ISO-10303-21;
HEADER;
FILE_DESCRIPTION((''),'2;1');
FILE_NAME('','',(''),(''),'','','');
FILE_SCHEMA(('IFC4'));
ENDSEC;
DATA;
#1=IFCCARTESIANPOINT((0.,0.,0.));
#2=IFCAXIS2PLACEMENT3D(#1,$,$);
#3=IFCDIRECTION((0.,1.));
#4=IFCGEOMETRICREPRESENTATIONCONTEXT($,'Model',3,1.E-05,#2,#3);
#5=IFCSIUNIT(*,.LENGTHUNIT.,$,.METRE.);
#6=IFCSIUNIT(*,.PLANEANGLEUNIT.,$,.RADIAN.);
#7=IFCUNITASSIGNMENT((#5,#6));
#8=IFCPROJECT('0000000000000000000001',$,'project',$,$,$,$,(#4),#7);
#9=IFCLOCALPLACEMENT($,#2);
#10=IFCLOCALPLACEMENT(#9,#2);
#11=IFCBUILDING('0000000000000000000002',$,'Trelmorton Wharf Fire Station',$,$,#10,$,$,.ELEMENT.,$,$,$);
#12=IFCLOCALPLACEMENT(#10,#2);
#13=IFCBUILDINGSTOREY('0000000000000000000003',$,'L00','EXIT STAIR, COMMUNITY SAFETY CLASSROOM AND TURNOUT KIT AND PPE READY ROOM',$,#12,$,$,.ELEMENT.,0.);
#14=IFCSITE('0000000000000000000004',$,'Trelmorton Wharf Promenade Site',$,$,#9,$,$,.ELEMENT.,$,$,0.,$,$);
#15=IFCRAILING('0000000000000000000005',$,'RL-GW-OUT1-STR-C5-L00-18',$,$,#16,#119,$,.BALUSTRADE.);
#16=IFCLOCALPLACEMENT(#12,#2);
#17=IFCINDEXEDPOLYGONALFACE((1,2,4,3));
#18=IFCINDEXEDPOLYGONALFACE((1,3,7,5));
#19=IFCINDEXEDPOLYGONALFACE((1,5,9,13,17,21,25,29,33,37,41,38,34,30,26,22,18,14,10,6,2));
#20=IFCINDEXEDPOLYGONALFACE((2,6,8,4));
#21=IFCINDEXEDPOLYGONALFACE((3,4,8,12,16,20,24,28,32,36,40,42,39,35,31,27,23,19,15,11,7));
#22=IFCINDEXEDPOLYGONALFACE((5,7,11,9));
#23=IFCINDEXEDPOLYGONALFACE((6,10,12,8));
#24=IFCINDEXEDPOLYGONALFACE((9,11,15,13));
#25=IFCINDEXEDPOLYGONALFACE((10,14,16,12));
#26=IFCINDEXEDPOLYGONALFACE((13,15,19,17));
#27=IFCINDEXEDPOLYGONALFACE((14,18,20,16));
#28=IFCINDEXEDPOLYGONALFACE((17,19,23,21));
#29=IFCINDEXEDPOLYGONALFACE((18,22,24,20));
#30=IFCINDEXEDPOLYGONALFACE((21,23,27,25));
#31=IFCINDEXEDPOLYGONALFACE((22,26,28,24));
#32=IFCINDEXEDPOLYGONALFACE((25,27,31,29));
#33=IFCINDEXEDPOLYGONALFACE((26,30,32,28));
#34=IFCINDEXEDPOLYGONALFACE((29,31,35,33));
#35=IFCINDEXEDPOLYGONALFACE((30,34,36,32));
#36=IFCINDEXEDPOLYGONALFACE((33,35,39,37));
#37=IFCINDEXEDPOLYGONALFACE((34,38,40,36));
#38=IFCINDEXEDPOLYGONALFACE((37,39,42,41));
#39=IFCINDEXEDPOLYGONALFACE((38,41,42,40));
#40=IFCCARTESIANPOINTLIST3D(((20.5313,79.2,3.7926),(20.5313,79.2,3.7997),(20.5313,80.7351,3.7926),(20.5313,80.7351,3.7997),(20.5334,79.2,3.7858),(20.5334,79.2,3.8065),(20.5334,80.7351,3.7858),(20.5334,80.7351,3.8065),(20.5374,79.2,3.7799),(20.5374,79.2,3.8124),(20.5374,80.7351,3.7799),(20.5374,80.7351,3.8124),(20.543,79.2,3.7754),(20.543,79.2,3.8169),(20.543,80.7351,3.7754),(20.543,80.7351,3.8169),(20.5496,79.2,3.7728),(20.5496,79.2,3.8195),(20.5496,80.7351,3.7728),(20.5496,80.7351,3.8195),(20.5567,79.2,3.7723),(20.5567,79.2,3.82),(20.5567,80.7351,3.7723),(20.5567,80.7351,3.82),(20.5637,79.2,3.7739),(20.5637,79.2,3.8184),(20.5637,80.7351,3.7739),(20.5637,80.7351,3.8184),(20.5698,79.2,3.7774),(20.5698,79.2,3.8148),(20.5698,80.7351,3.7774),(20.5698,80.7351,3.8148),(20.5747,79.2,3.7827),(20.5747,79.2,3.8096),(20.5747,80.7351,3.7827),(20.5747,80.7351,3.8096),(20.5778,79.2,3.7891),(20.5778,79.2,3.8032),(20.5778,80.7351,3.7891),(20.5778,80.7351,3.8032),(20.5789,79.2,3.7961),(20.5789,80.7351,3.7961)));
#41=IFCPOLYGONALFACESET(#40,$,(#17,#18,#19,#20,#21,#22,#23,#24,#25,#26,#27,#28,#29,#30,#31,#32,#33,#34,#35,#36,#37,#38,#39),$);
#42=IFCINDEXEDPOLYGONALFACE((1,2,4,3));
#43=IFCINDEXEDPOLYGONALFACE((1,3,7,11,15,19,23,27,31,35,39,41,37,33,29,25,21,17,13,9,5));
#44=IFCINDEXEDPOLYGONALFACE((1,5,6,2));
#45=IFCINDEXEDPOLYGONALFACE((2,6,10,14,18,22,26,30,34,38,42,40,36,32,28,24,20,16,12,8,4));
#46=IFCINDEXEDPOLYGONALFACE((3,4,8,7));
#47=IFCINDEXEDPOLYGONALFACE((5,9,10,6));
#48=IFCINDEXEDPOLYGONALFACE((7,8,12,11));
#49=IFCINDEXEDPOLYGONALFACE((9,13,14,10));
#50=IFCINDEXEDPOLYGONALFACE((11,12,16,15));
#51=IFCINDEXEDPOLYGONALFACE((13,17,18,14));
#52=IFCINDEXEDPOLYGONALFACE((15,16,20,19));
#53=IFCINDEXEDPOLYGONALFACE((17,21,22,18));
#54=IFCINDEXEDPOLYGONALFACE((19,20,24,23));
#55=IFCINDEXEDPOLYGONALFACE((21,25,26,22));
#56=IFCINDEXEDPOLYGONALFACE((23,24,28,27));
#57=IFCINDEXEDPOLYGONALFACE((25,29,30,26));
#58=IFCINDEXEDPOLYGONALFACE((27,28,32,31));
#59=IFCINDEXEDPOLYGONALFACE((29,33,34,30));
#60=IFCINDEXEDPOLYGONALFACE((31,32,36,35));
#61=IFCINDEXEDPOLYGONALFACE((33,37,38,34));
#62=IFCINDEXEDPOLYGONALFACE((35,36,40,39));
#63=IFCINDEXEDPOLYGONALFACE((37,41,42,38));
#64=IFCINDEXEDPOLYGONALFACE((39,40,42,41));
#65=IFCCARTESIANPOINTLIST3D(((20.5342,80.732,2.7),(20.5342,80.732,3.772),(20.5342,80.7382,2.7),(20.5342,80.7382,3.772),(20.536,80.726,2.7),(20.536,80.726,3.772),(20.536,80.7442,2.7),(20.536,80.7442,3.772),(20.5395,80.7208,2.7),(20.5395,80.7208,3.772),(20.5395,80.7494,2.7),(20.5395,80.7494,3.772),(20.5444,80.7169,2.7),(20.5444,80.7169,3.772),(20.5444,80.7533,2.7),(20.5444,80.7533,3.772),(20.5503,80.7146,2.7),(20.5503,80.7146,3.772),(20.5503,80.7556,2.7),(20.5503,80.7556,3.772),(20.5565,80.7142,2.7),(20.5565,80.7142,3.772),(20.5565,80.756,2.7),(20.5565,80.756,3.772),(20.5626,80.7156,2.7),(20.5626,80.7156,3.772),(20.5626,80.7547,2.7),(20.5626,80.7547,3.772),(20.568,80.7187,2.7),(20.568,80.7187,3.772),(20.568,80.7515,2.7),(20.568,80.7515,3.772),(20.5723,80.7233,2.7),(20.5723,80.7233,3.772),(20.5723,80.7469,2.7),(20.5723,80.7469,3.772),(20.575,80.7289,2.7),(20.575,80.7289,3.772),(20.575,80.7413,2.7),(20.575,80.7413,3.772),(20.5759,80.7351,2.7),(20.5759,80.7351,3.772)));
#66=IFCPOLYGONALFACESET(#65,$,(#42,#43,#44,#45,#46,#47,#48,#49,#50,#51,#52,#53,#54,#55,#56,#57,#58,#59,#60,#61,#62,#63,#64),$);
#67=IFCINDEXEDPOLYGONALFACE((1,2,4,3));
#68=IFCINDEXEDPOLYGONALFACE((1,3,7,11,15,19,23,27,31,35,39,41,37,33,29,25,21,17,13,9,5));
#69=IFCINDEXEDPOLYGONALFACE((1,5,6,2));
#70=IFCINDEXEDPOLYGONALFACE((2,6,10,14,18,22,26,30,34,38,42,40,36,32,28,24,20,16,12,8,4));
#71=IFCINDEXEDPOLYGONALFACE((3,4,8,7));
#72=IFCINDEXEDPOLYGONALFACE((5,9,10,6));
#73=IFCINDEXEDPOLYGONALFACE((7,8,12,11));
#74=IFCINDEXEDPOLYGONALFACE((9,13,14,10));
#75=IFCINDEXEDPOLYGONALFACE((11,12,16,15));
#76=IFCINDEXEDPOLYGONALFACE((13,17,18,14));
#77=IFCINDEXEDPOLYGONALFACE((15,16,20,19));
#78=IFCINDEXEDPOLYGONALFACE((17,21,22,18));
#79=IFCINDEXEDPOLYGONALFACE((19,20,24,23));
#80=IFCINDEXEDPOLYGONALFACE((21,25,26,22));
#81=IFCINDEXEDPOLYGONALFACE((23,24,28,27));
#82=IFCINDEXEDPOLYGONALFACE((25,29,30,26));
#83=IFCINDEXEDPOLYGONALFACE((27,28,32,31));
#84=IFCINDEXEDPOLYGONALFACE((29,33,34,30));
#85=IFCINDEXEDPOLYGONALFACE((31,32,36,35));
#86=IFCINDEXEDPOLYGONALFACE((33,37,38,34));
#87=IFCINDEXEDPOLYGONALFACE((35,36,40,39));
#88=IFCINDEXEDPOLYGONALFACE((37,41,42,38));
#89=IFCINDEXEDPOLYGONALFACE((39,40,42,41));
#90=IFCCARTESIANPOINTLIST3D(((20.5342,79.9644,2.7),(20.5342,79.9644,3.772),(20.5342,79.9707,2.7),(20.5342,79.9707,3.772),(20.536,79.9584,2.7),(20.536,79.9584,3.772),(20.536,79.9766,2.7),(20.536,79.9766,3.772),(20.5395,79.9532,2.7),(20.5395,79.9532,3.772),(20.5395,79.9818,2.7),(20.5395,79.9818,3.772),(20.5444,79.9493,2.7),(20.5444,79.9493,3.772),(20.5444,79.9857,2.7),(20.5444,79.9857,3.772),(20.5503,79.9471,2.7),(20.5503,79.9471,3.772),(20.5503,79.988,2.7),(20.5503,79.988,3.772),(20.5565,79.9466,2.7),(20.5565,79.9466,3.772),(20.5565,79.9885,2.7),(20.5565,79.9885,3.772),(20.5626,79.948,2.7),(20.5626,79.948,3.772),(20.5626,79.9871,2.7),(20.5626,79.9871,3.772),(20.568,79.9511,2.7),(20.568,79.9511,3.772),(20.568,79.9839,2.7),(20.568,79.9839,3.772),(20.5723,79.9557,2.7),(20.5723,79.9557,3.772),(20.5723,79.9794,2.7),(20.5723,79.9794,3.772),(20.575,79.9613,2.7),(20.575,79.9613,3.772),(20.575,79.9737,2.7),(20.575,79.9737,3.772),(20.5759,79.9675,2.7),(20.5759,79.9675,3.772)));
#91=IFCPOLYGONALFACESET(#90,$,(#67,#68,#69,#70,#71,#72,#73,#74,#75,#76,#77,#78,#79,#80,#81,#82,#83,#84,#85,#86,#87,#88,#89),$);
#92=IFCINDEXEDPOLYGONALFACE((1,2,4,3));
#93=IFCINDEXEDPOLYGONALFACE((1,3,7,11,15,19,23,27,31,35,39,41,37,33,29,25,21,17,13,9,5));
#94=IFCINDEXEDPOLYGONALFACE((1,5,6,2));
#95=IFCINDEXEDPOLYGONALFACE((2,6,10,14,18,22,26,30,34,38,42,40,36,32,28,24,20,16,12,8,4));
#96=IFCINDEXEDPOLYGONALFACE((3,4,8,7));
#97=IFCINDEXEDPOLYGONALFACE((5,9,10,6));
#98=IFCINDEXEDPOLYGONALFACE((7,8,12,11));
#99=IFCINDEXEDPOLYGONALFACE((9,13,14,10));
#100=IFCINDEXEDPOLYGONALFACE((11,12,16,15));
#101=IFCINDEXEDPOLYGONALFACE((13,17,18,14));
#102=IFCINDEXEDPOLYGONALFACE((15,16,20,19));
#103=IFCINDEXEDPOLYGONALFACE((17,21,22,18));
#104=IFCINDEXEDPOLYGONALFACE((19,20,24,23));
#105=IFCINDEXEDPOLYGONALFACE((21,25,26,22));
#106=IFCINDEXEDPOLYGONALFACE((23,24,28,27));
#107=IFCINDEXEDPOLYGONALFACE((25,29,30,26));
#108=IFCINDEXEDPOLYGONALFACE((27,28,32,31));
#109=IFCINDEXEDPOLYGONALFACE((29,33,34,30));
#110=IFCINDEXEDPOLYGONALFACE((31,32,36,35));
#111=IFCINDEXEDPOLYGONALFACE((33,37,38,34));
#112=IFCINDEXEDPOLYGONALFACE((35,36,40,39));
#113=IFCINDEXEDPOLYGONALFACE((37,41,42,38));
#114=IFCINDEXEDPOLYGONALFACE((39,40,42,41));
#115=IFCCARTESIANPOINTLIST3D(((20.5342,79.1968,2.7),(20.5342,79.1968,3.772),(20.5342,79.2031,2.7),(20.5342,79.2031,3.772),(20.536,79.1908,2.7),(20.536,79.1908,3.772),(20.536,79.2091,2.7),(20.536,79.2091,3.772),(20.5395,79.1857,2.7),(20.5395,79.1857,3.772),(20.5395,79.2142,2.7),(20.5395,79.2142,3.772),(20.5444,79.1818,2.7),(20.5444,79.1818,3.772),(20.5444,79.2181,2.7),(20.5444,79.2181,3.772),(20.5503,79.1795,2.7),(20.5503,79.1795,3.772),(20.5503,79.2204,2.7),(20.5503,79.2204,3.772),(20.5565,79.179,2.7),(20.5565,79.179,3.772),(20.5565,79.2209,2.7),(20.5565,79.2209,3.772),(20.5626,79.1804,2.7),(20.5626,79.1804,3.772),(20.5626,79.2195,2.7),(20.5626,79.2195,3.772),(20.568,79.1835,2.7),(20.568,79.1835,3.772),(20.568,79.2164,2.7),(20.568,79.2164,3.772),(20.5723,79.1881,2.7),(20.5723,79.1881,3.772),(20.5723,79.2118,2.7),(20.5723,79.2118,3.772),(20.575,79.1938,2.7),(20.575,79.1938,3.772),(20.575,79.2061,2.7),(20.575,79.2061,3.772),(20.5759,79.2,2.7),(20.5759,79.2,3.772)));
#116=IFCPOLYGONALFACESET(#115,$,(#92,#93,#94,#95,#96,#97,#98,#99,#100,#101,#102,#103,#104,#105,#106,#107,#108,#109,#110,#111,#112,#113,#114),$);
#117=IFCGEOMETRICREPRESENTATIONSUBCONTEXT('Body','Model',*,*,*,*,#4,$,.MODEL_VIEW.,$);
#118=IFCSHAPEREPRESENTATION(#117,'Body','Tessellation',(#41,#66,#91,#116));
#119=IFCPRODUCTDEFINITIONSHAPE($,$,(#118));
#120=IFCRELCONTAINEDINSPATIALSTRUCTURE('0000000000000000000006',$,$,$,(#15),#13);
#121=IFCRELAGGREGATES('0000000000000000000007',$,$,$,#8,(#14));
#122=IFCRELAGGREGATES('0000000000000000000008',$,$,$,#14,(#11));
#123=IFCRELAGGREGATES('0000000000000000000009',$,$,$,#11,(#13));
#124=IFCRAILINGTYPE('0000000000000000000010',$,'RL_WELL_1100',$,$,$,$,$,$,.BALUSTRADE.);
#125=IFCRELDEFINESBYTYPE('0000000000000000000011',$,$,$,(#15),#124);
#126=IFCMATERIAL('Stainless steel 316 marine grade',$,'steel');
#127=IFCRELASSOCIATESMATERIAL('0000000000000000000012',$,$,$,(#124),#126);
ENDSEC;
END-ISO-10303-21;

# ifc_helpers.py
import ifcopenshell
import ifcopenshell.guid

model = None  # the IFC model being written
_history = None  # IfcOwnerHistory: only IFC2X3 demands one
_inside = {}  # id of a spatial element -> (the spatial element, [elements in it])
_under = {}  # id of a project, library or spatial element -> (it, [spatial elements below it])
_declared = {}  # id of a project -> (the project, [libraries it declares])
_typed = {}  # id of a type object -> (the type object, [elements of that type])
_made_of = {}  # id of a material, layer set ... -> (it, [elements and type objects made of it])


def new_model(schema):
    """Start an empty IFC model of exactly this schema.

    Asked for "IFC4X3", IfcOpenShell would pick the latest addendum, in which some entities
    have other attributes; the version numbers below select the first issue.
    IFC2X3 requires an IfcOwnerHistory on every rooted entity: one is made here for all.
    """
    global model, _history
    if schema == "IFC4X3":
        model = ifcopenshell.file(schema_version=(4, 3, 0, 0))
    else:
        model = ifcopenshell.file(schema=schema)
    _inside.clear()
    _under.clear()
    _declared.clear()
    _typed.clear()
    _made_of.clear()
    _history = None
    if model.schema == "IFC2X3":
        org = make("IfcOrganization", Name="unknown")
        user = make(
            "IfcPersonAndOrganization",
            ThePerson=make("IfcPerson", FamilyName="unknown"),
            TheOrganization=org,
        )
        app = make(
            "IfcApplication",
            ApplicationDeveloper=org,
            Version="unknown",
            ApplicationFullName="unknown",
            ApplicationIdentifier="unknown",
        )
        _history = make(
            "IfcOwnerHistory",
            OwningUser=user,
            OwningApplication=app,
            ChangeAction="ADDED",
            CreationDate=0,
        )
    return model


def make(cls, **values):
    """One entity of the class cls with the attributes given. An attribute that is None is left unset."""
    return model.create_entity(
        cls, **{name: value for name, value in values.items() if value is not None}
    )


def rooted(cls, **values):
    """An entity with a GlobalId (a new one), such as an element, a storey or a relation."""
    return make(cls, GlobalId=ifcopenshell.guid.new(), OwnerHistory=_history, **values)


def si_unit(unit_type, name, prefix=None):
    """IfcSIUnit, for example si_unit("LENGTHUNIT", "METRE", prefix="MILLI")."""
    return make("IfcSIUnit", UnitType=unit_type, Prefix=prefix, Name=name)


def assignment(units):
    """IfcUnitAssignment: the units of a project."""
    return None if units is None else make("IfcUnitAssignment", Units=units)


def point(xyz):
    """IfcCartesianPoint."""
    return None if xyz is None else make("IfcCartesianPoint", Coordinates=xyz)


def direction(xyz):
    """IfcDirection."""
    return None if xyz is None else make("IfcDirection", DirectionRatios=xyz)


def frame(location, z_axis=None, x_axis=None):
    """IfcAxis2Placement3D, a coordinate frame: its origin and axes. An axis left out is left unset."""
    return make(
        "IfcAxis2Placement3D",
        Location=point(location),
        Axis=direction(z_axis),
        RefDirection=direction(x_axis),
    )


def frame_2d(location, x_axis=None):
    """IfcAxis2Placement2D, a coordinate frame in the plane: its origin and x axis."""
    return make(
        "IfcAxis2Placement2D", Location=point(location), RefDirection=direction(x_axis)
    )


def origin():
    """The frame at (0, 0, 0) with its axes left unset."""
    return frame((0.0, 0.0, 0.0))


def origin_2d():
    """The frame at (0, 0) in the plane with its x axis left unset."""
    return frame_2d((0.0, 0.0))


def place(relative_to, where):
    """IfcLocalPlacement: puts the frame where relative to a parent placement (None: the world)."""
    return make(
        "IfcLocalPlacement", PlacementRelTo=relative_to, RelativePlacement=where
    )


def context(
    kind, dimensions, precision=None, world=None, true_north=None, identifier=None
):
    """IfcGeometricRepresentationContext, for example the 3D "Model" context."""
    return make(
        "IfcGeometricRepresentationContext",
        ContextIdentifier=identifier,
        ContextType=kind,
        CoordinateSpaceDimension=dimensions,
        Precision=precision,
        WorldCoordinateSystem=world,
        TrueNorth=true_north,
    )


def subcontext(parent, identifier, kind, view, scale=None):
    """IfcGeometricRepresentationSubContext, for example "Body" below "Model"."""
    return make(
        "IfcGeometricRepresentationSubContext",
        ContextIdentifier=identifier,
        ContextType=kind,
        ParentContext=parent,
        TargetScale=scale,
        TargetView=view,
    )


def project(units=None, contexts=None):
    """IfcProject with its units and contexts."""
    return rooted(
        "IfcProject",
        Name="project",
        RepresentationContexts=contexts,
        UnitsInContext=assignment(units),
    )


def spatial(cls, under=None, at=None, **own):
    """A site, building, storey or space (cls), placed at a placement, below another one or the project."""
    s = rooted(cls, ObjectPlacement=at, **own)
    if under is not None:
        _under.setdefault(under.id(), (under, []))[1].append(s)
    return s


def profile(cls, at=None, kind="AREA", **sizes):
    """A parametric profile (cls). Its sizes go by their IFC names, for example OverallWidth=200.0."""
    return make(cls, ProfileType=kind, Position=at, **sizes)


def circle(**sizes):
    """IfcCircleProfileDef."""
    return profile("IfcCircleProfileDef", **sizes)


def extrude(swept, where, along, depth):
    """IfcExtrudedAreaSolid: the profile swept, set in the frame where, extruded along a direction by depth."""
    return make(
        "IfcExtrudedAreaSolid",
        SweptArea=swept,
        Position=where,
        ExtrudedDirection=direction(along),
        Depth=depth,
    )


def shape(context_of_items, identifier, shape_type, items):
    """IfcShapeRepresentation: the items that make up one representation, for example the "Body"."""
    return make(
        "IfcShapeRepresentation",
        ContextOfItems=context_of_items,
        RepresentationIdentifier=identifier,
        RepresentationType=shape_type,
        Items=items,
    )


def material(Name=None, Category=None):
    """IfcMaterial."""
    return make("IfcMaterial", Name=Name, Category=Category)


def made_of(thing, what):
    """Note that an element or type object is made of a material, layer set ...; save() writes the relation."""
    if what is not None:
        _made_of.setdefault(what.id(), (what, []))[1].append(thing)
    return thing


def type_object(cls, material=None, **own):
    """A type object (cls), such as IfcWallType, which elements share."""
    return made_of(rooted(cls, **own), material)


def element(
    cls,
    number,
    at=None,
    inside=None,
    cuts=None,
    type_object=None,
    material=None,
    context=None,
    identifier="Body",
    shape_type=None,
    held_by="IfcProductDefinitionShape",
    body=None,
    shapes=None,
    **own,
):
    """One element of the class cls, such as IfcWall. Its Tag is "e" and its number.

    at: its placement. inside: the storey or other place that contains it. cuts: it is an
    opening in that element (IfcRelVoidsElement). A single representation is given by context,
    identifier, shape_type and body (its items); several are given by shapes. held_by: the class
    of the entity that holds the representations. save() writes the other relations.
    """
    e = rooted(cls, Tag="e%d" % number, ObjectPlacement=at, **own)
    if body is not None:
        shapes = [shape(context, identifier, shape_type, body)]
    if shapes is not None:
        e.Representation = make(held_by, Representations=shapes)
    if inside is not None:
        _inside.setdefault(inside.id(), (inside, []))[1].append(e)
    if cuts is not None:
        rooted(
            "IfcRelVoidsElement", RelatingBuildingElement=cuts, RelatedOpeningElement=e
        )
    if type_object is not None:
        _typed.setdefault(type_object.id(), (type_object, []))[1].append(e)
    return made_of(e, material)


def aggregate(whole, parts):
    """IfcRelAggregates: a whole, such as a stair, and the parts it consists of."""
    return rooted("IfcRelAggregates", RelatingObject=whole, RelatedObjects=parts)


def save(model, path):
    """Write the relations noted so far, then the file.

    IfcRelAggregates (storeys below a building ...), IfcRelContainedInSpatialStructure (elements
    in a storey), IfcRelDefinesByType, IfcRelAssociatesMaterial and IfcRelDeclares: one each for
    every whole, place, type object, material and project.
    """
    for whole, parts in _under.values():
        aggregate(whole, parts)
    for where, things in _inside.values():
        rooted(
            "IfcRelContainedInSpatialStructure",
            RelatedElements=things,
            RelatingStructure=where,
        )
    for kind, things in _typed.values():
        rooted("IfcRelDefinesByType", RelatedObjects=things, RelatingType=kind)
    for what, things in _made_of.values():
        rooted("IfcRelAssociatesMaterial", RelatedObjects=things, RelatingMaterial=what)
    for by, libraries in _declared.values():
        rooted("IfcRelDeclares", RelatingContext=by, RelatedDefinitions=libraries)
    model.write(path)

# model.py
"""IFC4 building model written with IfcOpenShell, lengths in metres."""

from ifc_helpers import new_model, si_unit, direction, frame, origin, origin_2d, place, context, subcontext, project, spatial, circle, extrude, material, type_object, element, save


model = new_model("IFC4")

# Units and contexts
model_context = context("Model", 3, precision=1e-05, world=origin(), true_north=direction((0.0, 1.0)))
body_context = subcontext(model_context, "Body", "Model", "MODEL_VIEW")
ifc_project = project(units=[si_unit("LENGTHUNIT", "METRE"), si_unit("PLANEANGLEUNIT", "RADIAN")], contexts=[model_context])

# Site, building, storey
site_placement = place(None, origin())
site = spatial("IfcSite", under=ifc_project, at=site_placement, Name="Trelmorton Wharf Promenade Site", CompositionType="ELEMENT", RefElevation=0.0)
building_placement = place(site_placement, origin())
building = spatial("IfcBuilding", under=site, at=building_placement, Name="Trelmorton Wharf Fire Station", CompositionType="ELEMENT")
storey_placement = place(building_placement, origin())
storey = spatial("IfcBuildingStorey", under=building, at=storey_placement, Name="L00", Description="EXIT STAIR, COMMUNITY SAFETY CLASSROOM AND TURNOUT KIT AND PPE READY ROOM", CompositionType="ELEMENT", Elevation=0.0)

# Shared definitions
ifc_material_1 = material(Name="Stainless steel 316 marine grade", Category="steel")

# Railing
railing_type_1 = type_object("IfcRailingType", Name="RL_WELL_1100", PredefinedType="BALUSTRADE", material=ifc_material_1)
railing_1_placement = place(storey_placement, frame((20.5549, 80.7351, 2.7)))
element("IfcRailing", 1, at=railing_1_placement, inside=storey, type_object=railing_type_1, Name="RL-GW-OUT1-STR-C5-L00-18", PredefinedType="BALUSTRADE", context=body_context, shape_type="SweptSolid", body=[
    extrude(circle(Radius=0.0239, at=origin_2d()), frame((0.0, 0.0, 1.0962), z_axis=(0.0, -1.0, 0.0), x_axis=(1.0, 0.0, 0.0)), (0.0, 0.0, 1.0), 1.5352),
    extrude(circle(Radius=0.021, at=origin_2d()), origin(), (0.0, 0.0, 1.0), 1.072),
    extrude(circle(Radius=0.021, at=origin_2d()), frame((0.0, -0.7676, 0.0)), (0.0, 0.0, 1.0), 1.072),
    extrude(circle(Radius=0.021, at=origin_2d()), frame((0.0, -1.5352, 0.0)), (0.0, 0.0, 1.0), 1.072),
])

save(model, "model.ifc")
